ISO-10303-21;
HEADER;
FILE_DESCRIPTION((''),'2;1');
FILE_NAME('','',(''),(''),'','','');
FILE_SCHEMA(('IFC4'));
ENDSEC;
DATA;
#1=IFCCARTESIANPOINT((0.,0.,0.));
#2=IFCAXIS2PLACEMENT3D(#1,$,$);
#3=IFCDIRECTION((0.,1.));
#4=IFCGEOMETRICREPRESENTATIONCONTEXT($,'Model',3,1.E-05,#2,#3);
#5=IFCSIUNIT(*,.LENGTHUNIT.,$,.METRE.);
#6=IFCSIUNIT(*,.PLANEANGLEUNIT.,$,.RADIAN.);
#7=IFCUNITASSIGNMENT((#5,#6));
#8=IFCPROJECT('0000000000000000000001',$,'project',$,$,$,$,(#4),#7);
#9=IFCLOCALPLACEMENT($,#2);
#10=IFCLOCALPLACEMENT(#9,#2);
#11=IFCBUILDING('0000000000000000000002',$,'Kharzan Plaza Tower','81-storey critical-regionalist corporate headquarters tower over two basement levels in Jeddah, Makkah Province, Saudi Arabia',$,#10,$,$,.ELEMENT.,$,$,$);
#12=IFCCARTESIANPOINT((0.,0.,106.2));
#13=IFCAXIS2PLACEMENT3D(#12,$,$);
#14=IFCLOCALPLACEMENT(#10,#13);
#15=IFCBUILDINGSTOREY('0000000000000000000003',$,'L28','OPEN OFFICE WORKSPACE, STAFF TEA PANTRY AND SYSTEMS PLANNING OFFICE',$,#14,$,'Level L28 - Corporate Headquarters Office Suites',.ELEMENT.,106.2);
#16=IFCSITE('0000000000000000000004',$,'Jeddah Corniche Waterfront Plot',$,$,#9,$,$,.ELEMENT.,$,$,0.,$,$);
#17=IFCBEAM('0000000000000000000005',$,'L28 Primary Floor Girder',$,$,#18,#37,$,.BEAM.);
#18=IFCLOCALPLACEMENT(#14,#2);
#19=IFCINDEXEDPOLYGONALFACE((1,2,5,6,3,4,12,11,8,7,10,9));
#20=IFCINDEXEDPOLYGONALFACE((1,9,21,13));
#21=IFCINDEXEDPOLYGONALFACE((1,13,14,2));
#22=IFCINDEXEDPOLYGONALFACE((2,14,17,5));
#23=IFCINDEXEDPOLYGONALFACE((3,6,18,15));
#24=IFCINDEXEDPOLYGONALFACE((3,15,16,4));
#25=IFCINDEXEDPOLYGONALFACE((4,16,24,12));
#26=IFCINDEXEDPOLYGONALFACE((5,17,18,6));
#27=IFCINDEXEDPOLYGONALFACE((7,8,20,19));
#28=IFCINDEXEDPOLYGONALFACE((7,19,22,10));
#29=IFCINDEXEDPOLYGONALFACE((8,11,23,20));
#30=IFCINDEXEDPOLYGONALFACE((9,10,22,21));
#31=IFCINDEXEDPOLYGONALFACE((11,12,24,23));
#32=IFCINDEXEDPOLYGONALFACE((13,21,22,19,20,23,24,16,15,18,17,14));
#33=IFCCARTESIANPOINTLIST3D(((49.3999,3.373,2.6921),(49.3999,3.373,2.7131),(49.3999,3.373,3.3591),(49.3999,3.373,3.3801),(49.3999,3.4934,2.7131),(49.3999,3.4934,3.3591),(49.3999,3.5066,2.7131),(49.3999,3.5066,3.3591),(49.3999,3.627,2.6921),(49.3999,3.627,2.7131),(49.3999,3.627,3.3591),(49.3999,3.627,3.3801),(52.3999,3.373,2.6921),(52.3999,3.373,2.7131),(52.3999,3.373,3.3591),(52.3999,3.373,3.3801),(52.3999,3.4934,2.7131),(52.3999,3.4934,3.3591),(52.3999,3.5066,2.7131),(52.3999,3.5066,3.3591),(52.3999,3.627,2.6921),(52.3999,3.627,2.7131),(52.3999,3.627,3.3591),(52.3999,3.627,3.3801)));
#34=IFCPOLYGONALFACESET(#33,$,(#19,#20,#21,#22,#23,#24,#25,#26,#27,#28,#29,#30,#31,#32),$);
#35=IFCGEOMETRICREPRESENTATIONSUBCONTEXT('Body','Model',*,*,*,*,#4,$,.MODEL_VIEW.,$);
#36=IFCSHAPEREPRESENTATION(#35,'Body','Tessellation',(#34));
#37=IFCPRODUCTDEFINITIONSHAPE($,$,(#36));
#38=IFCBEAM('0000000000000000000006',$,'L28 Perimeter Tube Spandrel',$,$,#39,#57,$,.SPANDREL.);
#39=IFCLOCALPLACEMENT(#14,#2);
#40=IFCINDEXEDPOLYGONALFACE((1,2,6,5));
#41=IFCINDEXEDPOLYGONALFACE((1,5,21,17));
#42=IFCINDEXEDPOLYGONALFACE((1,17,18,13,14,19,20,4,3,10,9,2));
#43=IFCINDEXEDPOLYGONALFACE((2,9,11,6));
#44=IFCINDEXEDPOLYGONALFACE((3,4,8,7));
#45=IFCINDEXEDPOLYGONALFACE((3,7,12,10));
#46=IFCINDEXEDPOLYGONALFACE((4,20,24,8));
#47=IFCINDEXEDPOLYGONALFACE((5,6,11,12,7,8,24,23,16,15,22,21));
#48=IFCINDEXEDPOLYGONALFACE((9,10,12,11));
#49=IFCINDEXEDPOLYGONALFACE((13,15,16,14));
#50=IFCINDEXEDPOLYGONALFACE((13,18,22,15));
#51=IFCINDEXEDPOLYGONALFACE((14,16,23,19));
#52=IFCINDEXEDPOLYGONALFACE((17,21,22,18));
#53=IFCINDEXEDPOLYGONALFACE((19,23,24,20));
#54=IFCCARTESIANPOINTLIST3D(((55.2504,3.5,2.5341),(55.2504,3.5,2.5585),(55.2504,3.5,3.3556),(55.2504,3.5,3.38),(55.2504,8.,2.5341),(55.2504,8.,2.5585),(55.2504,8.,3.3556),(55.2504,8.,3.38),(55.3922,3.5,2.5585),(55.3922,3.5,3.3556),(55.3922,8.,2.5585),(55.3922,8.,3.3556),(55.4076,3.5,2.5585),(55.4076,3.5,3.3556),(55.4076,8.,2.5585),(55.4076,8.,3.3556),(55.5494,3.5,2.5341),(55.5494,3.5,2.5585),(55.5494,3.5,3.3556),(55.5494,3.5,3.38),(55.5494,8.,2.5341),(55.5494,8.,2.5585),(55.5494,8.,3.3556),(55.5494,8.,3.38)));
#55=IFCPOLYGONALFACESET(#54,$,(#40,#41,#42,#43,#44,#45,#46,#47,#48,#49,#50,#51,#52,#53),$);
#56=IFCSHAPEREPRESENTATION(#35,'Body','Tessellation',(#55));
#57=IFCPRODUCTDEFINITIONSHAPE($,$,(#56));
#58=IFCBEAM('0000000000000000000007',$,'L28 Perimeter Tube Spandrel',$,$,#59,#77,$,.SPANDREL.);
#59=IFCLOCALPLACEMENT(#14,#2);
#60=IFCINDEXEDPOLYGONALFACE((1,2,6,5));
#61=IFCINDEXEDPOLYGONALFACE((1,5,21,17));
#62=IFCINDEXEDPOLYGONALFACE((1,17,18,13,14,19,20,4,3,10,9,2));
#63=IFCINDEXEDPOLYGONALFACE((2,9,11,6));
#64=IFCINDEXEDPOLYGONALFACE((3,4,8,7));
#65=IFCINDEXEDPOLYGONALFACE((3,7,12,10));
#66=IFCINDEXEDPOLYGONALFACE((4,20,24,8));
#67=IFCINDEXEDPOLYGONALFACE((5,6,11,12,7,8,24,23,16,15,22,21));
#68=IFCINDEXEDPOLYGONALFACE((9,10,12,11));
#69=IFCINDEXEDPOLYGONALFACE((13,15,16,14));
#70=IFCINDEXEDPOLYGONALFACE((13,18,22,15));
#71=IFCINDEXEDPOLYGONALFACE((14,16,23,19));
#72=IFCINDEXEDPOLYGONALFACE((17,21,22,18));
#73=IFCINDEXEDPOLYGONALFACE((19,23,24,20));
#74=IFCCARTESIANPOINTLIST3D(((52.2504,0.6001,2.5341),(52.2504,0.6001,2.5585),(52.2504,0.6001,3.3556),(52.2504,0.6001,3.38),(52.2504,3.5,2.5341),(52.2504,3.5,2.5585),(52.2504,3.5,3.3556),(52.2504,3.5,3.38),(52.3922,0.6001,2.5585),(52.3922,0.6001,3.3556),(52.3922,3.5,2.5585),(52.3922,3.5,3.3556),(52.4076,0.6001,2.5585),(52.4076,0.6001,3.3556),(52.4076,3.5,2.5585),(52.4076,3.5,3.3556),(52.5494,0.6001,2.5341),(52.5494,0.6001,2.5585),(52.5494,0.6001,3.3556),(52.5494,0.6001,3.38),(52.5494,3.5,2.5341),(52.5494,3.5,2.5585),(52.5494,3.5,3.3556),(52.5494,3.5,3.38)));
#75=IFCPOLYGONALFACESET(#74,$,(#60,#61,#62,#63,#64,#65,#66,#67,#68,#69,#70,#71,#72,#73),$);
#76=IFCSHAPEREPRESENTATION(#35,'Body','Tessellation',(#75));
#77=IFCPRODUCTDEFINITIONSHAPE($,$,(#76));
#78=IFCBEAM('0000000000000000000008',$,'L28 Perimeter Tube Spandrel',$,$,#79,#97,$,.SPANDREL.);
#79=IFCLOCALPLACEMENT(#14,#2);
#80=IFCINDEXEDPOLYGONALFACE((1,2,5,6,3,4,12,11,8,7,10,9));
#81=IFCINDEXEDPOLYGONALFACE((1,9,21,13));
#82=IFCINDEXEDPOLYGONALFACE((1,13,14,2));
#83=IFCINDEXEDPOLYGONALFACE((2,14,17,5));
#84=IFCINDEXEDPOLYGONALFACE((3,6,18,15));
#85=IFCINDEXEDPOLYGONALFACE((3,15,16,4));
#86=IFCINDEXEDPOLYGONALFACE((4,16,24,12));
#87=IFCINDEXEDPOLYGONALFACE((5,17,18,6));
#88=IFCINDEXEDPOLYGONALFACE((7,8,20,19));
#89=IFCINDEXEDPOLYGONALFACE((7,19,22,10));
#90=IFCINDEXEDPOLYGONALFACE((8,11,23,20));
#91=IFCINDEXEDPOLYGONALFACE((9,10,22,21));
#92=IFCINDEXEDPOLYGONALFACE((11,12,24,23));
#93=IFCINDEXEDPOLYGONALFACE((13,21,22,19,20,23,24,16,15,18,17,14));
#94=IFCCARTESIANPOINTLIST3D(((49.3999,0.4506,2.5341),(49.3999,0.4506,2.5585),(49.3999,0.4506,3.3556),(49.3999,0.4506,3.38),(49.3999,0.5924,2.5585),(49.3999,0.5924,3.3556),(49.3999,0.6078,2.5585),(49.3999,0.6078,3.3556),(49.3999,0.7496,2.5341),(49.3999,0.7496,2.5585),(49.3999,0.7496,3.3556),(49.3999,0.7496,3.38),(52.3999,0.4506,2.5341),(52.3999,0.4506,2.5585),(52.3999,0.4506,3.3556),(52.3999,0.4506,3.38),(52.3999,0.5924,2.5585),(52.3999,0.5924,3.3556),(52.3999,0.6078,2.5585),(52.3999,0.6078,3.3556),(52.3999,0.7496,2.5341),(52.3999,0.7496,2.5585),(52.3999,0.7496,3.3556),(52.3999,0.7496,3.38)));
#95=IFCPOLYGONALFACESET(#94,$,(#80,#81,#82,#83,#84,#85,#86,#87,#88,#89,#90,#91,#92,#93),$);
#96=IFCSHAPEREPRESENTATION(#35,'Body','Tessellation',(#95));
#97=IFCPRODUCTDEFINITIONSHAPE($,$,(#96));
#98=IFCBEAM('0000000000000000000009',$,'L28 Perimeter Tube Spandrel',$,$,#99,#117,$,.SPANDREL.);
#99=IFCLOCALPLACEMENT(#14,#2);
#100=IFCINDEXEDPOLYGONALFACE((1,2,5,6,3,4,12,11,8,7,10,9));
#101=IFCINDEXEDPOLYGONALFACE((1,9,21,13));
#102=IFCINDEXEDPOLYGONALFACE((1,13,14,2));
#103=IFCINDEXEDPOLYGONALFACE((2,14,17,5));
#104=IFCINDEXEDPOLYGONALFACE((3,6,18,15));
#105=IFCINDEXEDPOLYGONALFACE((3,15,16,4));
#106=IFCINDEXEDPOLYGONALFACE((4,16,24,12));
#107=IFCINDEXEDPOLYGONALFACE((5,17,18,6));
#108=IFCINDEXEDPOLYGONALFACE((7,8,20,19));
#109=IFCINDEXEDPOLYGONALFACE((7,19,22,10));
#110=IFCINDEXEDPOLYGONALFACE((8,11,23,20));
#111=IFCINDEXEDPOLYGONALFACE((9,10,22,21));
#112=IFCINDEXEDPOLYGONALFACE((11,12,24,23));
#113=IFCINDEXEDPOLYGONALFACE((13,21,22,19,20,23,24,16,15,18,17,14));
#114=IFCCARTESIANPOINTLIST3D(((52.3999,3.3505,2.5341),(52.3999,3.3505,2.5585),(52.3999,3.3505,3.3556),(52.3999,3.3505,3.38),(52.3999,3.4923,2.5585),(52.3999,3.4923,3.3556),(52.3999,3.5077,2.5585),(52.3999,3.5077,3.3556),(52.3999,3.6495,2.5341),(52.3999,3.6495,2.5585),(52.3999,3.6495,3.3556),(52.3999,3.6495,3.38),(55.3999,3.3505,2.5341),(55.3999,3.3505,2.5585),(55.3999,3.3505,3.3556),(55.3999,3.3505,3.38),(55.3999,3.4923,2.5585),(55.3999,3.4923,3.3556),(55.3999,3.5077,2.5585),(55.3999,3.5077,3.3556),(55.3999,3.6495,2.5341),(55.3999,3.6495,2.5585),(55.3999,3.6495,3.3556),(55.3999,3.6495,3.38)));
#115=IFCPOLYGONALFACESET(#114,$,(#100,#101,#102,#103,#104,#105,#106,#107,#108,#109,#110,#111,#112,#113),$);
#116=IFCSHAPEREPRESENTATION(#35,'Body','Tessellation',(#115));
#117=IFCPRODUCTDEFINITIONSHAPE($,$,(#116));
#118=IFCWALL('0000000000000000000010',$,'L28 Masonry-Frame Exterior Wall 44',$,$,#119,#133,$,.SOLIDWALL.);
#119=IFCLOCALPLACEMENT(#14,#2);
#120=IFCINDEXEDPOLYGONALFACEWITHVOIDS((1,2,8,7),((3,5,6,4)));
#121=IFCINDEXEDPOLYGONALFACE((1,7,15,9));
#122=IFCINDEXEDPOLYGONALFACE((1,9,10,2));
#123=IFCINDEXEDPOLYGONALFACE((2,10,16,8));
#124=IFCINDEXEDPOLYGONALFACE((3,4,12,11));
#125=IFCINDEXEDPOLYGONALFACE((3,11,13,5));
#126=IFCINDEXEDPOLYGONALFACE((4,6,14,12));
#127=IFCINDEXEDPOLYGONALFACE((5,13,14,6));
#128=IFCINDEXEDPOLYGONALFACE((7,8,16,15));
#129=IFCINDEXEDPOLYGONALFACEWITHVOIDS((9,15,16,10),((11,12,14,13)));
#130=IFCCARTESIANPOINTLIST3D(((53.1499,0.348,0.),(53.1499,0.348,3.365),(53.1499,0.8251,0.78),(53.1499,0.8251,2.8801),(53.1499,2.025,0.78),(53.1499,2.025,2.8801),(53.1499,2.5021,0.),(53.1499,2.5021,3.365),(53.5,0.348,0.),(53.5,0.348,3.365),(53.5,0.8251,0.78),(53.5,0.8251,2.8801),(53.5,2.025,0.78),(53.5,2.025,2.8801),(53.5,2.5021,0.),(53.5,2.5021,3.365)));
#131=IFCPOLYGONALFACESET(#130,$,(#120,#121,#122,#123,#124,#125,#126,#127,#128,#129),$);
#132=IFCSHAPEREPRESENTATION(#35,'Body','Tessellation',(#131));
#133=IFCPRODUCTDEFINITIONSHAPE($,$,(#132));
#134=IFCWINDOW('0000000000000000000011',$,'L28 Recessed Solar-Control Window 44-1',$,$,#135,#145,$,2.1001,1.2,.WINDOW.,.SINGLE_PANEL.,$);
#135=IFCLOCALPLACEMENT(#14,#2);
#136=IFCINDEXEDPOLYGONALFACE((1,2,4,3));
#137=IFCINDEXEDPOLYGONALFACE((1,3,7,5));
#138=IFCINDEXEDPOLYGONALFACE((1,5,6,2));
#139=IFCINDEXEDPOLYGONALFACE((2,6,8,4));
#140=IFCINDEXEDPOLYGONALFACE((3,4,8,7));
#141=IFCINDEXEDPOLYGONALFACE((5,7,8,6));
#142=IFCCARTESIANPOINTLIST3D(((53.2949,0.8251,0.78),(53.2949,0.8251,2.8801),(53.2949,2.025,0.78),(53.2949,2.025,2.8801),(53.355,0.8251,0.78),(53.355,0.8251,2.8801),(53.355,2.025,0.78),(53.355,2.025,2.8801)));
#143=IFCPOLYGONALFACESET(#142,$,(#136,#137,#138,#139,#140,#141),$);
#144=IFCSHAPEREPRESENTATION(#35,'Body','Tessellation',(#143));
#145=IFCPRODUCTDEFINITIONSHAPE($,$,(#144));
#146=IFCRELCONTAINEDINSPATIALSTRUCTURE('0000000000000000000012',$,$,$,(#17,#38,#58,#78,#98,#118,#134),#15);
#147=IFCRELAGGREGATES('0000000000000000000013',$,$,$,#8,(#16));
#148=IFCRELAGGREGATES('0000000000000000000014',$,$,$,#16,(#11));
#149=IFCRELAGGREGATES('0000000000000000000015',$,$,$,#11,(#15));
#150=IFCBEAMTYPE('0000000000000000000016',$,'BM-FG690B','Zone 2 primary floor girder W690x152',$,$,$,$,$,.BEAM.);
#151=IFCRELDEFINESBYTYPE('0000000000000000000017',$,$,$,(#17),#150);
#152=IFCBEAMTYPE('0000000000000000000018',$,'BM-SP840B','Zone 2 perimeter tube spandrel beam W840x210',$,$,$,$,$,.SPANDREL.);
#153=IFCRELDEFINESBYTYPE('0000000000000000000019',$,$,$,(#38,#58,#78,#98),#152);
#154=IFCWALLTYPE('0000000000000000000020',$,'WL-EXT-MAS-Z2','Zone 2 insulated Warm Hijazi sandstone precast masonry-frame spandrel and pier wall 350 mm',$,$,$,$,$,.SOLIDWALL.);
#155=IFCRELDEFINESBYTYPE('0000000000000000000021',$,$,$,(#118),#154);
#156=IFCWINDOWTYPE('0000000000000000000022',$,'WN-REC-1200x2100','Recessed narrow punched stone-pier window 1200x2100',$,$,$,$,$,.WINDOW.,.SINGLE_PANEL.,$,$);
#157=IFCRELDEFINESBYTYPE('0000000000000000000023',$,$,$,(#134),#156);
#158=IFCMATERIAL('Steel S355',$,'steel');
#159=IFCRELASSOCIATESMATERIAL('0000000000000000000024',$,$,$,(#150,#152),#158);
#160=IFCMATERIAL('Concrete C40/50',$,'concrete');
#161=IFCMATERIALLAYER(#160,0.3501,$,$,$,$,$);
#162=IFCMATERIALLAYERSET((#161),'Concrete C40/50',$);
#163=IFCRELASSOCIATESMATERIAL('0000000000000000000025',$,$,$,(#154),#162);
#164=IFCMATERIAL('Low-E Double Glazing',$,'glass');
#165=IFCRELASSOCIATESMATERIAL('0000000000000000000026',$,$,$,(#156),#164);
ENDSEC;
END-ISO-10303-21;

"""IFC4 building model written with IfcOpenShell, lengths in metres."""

from ifc_helpers import new_model, si_unit, direction, frame, frame_2d, origin, origin_2d, place, context, subcontext, project, spatial, rectangle, i_section, extrude, source, transform, mapped, material, layer, layer_set, material_profile, profile_set, type_object, element, fill, save


model = new_model("IFC4")

# Units and contexts
model_context = context("Model", 3, precision=1e-05, world=origin(), true_north=direction((0.0, 1.0)))
body_context = subcontext(model_context, "Body", "Model", "MODEL_VIEW")
ifc_project = project(units=[si_unit("LENGTHUNIT", "METRE"), si_unit("PLANEANGLEUNIT", "RADIAN")], contexts=[model_context])

# Site, building, storey
site_placement = place(None, origin())
site = spatial("IfcSite", under=ifc_project, at=site_placement, Name="Jeddah Corniche Waterfront Plot", CompositionType="ELEMENT", RefElevation=0.0)
building_placement = place(site_placement, origin())
building = spatial("IfcBuilding", under=site, at=building_placement, Name="Kharzan Plaza Tower", Description="81-storey critical-regionalist corporate headquarters tower over two basement levels in Jeddah, Makkah Province, Saudi Arabia", CompositionType="ELEMENT")
storey_placement = place(building_placement, frame((0.0, 0.0, 106.2)))
storey = spatial("IfcBuildingStorey", under=building, at=storey_placement, Name="L28", Description="OPEN OFFICE WORKSPACE, STAFF TEA PANTRY AND SYSTEMS PLANNING OFFICE", LongName="Level L28 - Corporate Headquarters Office Suites", CompositionType="ELEMENT", Elevation=106.2)

# Beams
ifc_material_1 = material(Name="Steel S355", Category="steel")
ifc_material_profile_1 = material_profile(ifc_material_1, i_section(OverallWidth=0.2539, OverallDepth=0.688, WebThickness=0.0132, FlangeThickness=0.021, at=origin_2d()), Name="W690x152")
ifc_profile_set_1 = profile_set([ifc_material_profile_1], Name="Steel S355")
beam_type_1 = type_object("IfcBeamType", Name="BM-FG690B", Description="Zone 2 primary floor girder W690x152", PredefinedType="BEAM", material=ifc_profile_set_1)
shared_shape_1 = source(origin(), body_context, "Body", "SweptSolid", [
    extrude(i_section(OverallWidth=0.2539, OverallDepth=0.688, WebThickness=0.0132, FlangeThickness=0.021, at=origin_2d()), origin(), (0.0, 0.0, 1.0), 3.0),
])
beam_1_placement = place(storey_placement, frame((49.3999, 3.5, 3.0361), z_axis=(1.0, 0.0, 0.0), x_axis=(0.0, 1.0, 0.0)))
element("IfcBeam", 1, at=beam_1_placement, inside=storey, type_object=beam_type_1, Name="L28 Primary Floor Girder", PredefinedType="BEAM", context=body_context, shape_type="MappedRepresentation", body=[
    mapped(shared_shape_1, transform((0.0, 0.0, 0.0), x_axis=(1.0, 0.0, 0.0), y_axis=(0.0, 1.0, 0.0), z_axis=(0.0, 0.0, 1.0))),
])
ifc_material_profile_2 = material_profile(ifc_material_1, i_section(OverallWidth=0.2991, OverallDepth=0.8459, WebThickness=0.0154, FlangeThickness=0.0244, at=origin_2d()), Name="W840x210")
ifc_profile_set_2 = profile_set([ifc_material_profile_2], Name="Steel S355")
beam_type_2 = type_object("IfcBeamType", Name="BM-SP840B", Description="Zone 2 perimeter tube spandrel beam W840x210", PredefinedType="SPANDREL", material=ifc_profile_set_2)
shared_shape_2 = source(origin(), body_context, "Body", "SweptSolid", [
    extrude(i_section(OverallWidth=0.2991, OverallDepth=0.8459, WebThickness=0.0154, FlangeThickness=0.0244, at=origin_2d()), origin(), (0.0, 0.0, 1.0), 4.5),
])
beam_2_placement = place(storey_placement, frame((55.3999, 3.5, 2.957), z_axis=(0.0, 1.0, 0.0), x_axis=(-1.0, 0.0, 0.0)))
element("IfcBeam", 2, at=beam_2_placement, inside=storey, type_object=beam_type_2, Name="L28 Perimeter Tube Spandrel", PredefinedType="SPANDREL", context=body_context, shape_type="MappedRepresentation", body=[
    mapped(shared_shape_2, transform((0.0, 0.0, 0.0), x_axis=(1.0, 0.0, 0.0), y_axis=(0.0, 1.0, 0.0), z_axis=(0.0, 0.0, 1.0))),
])
shared_shape_3 = source(origin(), body_context, "Body", "SweptSolid", [
    extrude(i_section(OverallWidth=0.2991, OverallDepth=0.8459, WebThickness=0.0154, FlangeThickness=0.0244, at=origin_2d()), origin(), (0.0, 0.0, 1.0), 2.8999),
])
beam_3_placement = place(storey_placement, frame((52.3999, 0.6001, 2.957), z_axis=(0.0, 1.0, 0.0), x_axis=(-1.0, 0.0, 0.0)))
element("IfcBeam", 3, at=beam_3_placement, inside=storey, type_object=beam_type_2, Name="L28 Perimeter Tube Spandrel", PredefinedType="SPANDREL", context=body_context, shape_type="MappedRepresentation", body=[
    mapped(shared_shape_3, transform((0.0, 0.0, 0.0), x_axis=(1.0, 0.0, 0.0), y_axis=(0.0, 1.0, 0.0), z_axis=(0.0, 0.0, 1.0))),
])
shared_shape_4 = source(origin(), body_context, "Body", "SweptSolid", [
    extrude(i_section(OverallWidth=0.2991, OverallDepth=0.8459, WebThickness=0.0154, FlangeThickness=0.0244, at=origin_2d()), origin(), (0.0, 0.0, 1.0), 3.0),
])
for number, where, z_axis, x_axis, name in (
    (4, (49.3999, 0.6001, 2.957), (1.0, 0.0, 0.0), (0.0, 1.0, 0.0), "L28 Perimeter Tube Spandrel"),
    (5, (52.3999, 3.5, 2.957), (1.0, 0.0, 0.0), (0.0, 1.0, 0.0), "L28 Perimeter Tube Spandrel"),
):
    element("IfcBeam", number, at=place(storey_placement, frame(where, z_axis=z_axis, x_axis=x_axis)), inside=storey, type_object=beam_type_2, Name=name, PredefinedType="SPANDREL", context=body_context, shape_type="MappedRepresentation", body=[
        mapped(shared_shape_4, transform((0.0, 0.0, 0.0), x_axis=(1.0, 0.0, 0.0), y_axis=(0.0, 1.0, 0.0), z_axis=(0.0, 0.0, 1.0))),
    ])

# Wall, opening, window
ifc_material_2 = material(Name="Concrete C40/50", Category="concrete")
ifc_layer_1 = layer(ifc_material_2, 0.3501)
ifc_layer_set_1 = layer_set([ifc_layer_1], Name="Concrete C40/50")
wall_type_1 = type_object("IfcWallType", Name="WL-EXT-MAS-Z2", Description="Zone 2 insulated Warm Hijazi sandstone precast masonry-frame spandrel and pier wall 350 mm", PredefinedType="SOLIDWALL", material=ifc_layer_set_1)
wall_1_placement = place(storey_placement, frame((53.325, 0.3479, 0.0), z_axis=(0.0, 0.0, 1.0), x_axis=(0.0, 1.0, 0.0)))
wall_1 = element("IfcWall", 6, at=wall_1_placement, inside=storey, type_object=wall_type_1, Name="L28 Masonry-Frame Exterior Wall 44", PredefinedType="SOLIDWALL", context=body_context, shape_type="SweptSolid", body=[
    extrude(rectangle(XDim=2.1541, YDim=0.3501, at=frame_2d((1.0771, 0.0))), origin(), (0.0, 0.0, 1.0), 3.365),
])
opening_1_placement = place(wall_1_placement, frame((0.4771, 0.0, 0.78)))
opening_1 = element("IfcOpeningElement", 7, at=opening_1_placement, cuts=wall_1, PredefinedType="OPENING", context=body_context, shape_type="SweptSolid", body=[
    extrude(rectangle(XDim=1.2, YDim=2.1001, at=frame_2d((0.6001, 1.05))), frame((0.0, 0.1851, 0.0), z_axis=(0.0, -1.0, 0.0), x_axis=(1.0, 0.0, 0.0)), (0.0, 0.0, 1.0), 0.3701),
])
ifc_material_3 = material(Name="Low-E Double Glazing", Category="glass")
window_type_1 = type_object("IfcWindowType", Name="WN-REC-1200x2100", Description="Recessed narrow punched stone-pier window 1200x2100", PartitioningType="SINGLE_PANEL", PredefinedType="WINDOW", material=ifc_material_3)
shared_shape_5 = source(origin(), body_context, "Body", "SweptSolid", [
    extrude(rectangle(XDim=1.2, YDim=2.1001, at=frame_2d((0.6001, 1.05))), frame((0.0, 0.03, 0.0), z_axis=(0.0, -1.0, 0.0), x_axis=(1.0, 0.0, 0.0)), (0.0, 0.0, 1.0), 0.0601),
])
window_1_placement = place(opening_1_placement, origin())
window_1 = element("IfcWindow", 8, at=window_1_placement, inside=storey, type_object=window_type_1, Name="L28 Recessed Solar-Control Window 44-1", OverallHeight=2.1001, OverallWidth=1.2, PartitioningType="SINGLE_PANEL", PredefinedType="WINDOW", context=body_context, shape_type="MappedRepresentation", body=[
    mapped(shared_shape_5, transform((0.0, 0.0, 0.0), x_axis=(1.0, 0.0, 0.0), y_axis=(0.0, 1.0, 0.0), z_axis=(0.0, 0.0, 1.0))),
])
fill(opening_1, window_1)

save(model, "model.ifc")
